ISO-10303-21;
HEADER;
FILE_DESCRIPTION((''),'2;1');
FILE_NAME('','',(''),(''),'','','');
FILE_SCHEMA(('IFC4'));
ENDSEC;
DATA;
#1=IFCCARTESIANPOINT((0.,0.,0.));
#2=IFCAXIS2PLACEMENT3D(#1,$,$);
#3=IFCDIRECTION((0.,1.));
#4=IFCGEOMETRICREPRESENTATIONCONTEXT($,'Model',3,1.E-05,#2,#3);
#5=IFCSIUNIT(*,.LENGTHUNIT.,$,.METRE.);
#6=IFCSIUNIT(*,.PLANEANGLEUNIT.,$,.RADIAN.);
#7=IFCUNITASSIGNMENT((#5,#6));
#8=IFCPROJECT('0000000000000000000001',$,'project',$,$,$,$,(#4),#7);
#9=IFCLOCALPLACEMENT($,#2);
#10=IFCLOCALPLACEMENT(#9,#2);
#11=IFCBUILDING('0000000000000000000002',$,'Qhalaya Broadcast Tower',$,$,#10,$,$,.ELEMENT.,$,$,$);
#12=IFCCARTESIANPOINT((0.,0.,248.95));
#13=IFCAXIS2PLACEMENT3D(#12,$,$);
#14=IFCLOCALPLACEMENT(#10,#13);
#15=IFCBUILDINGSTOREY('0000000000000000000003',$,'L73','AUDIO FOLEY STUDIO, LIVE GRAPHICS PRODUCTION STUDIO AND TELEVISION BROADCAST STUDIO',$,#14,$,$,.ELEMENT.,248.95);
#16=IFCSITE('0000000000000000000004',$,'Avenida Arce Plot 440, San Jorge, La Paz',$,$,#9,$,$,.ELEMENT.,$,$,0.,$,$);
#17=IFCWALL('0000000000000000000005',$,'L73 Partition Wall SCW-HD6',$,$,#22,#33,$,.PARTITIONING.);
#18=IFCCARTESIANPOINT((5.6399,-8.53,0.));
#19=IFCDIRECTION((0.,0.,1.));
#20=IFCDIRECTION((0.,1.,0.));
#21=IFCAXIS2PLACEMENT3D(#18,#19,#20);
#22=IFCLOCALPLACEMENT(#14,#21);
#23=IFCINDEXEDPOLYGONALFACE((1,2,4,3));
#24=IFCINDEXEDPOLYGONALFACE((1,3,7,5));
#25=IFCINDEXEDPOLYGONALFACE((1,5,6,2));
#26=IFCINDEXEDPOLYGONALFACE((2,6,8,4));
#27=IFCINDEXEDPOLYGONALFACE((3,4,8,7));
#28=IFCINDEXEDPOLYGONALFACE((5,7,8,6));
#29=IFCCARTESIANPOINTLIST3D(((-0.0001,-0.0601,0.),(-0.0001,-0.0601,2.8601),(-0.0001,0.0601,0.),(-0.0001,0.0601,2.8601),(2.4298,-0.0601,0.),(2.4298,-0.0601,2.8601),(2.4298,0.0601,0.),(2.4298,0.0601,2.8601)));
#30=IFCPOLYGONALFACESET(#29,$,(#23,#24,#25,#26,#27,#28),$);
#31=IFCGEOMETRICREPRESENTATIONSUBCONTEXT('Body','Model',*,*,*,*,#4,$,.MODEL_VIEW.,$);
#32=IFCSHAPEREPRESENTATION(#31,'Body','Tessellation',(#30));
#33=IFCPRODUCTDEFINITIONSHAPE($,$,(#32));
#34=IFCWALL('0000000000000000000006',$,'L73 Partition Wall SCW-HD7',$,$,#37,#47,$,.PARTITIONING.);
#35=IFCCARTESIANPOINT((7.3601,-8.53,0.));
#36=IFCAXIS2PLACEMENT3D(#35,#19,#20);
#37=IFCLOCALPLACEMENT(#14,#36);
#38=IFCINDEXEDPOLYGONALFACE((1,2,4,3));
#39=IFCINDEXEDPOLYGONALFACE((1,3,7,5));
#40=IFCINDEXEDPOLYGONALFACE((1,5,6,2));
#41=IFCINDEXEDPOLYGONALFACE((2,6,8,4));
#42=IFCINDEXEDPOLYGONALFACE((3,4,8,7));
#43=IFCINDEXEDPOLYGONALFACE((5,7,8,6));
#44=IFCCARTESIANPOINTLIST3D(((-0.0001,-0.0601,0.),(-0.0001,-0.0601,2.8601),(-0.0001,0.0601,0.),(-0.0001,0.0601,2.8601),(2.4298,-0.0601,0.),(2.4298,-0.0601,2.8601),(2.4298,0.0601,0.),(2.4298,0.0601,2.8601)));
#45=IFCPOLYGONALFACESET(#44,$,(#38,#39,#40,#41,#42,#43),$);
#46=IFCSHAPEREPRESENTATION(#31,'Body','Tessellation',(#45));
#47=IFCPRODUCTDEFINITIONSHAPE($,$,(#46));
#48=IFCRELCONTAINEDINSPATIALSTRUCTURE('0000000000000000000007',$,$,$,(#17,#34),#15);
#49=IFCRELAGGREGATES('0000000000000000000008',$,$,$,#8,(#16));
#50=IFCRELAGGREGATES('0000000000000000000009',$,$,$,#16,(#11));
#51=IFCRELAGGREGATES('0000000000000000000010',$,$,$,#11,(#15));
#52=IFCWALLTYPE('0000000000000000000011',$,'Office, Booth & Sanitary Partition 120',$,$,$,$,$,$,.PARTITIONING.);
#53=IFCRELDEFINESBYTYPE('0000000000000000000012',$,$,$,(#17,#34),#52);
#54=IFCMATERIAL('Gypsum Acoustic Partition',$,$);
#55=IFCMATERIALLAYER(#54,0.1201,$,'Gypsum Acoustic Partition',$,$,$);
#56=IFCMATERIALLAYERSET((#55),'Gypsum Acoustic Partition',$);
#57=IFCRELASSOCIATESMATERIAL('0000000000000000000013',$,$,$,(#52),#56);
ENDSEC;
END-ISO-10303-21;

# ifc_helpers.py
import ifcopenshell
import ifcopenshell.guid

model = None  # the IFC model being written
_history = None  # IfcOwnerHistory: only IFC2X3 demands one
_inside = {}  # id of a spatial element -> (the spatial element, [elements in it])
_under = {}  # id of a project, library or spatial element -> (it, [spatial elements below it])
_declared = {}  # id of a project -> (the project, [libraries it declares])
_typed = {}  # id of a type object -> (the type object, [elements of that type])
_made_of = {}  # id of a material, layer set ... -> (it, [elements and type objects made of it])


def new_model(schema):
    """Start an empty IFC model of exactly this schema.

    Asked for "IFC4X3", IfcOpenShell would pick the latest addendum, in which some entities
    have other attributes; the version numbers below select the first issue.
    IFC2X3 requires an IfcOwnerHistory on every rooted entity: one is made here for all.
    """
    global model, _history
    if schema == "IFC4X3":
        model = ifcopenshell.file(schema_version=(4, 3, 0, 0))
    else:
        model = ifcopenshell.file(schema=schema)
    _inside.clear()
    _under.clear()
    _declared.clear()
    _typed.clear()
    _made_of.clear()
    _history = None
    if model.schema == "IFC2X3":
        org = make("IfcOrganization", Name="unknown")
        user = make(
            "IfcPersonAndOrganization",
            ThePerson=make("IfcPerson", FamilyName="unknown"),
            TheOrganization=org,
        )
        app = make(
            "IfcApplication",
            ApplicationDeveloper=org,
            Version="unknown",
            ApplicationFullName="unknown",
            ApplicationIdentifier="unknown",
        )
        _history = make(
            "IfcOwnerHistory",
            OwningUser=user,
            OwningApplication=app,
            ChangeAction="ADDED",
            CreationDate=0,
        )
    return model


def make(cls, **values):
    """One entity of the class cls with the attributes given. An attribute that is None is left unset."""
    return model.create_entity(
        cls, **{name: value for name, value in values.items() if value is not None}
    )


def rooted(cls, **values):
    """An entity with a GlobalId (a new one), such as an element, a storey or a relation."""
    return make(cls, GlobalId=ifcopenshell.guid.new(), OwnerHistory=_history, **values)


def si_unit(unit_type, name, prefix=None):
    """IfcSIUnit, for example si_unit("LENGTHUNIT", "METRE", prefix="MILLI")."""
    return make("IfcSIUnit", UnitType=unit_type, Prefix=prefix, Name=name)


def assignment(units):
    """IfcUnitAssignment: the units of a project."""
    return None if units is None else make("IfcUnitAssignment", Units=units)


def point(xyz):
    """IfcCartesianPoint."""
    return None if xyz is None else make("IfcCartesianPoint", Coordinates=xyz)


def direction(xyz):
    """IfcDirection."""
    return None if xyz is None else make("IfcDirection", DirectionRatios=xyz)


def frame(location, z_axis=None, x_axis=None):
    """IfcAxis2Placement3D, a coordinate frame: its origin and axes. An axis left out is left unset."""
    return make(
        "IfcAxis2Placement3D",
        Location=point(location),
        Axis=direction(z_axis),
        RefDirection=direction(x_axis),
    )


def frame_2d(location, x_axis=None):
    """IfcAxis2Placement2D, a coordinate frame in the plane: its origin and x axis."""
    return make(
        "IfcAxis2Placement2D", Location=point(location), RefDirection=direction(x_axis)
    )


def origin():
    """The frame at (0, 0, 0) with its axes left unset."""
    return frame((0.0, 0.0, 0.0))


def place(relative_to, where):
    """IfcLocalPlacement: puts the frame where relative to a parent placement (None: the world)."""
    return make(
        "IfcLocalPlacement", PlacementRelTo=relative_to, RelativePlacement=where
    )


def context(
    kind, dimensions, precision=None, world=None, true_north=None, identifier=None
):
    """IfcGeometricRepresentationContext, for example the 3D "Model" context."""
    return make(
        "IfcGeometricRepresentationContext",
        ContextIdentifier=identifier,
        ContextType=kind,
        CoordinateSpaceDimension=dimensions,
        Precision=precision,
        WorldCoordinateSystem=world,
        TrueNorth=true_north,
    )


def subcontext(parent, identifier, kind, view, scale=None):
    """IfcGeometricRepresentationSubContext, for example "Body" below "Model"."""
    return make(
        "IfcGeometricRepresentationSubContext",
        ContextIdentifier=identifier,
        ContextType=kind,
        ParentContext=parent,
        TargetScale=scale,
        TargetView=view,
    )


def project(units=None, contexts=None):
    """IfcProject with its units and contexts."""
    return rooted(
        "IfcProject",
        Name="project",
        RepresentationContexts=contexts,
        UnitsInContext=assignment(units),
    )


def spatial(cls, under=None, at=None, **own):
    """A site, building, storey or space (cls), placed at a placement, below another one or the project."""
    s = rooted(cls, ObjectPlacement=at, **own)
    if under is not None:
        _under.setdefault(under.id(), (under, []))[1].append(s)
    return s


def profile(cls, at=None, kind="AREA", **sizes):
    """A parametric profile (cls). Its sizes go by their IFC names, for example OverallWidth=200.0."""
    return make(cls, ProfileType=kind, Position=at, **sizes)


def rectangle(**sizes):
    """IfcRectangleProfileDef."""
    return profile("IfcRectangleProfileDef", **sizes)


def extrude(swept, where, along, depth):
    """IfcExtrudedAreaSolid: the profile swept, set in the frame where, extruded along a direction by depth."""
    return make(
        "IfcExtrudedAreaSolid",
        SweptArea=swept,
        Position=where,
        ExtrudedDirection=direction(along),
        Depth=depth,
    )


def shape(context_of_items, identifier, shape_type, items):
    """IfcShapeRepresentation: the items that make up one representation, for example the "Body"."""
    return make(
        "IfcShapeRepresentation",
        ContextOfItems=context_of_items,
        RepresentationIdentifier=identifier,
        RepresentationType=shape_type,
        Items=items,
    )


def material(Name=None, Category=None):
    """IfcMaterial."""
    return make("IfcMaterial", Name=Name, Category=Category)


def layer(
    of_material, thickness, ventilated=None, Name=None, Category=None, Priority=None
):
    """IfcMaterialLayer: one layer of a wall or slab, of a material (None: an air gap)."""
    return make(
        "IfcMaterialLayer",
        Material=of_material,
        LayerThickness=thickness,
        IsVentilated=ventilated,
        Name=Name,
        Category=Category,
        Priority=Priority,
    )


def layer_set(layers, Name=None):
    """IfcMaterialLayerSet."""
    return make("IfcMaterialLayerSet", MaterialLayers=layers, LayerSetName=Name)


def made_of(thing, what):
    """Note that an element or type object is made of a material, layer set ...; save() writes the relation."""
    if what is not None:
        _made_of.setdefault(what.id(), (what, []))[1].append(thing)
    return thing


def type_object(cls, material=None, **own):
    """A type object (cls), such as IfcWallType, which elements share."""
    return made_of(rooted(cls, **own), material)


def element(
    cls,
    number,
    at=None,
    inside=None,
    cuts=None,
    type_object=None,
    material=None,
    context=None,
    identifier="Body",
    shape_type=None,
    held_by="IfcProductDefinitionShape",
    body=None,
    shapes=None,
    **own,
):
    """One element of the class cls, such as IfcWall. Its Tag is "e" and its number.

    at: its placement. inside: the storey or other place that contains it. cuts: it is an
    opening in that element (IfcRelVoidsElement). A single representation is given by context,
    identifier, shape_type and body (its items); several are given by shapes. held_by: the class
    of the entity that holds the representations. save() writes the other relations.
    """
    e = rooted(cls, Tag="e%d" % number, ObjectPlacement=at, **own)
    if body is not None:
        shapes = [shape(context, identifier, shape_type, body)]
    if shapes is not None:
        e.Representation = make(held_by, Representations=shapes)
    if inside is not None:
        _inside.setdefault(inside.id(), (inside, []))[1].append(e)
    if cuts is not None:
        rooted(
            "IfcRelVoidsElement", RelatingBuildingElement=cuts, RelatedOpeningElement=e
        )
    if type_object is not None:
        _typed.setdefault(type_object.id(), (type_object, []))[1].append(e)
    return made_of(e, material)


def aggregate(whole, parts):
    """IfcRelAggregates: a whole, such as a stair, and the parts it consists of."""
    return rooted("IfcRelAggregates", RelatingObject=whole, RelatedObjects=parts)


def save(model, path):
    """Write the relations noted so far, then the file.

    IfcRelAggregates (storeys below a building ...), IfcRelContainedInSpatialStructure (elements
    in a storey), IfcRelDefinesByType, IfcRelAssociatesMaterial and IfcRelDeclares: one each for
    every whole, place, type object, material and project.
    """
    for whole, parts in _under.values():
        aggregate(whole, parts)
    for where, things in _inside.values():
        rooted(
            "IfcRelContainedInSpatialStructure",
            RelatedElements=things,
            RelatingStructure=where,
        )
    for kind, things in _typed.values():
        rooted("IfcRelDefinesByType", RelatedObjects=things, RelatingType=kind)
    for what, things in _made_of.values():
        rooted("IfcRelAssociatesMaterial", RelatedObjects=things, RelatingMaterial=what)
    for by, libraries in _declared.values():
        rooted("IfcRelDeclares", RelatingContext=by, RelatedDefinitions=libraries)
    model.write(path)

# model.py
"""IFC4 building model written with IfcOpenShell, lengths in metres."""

from ifc_helpers import new_model, si_unit, direction, frame, frame_2d, origin, place, context, subcontext, project, spatial, rectangle, extrude, material, layer, layer_set, type_object, element, save


model = new_model("IFC4")

# Units and contexts
model_context = context("Model", 3, precision=1e-05, world=origin(), true_north=direction((0.0, 1.0)))
body_context = subcontext(model_context, "Body", "Model", "MODEL_VIEW")
ifc_project = project(units=[si_unit("LENGTHUNIT", "METRE"), si_unit("PLANEANGLEUNIT", "RADIAN")], contexts=[model_context])

# Site, building, storey
site_placement = place(None, origin())
site = spatial("IfcSite", under=ifc_project, at=site_placement, Name="Avenida Arce Plot 440, San Jorge, La Paz", CompositionType="ELEMENT", RefElevation=0.0)
building_placement = place(site_placement, origin())
building = spatial("IfcBuilding", under=site, at=building_placement, Name="Qhalaya Broadcast Tower", CompositionType="ELEMENT")
storey_placement = place(building_placement, frame((0.0, 0.0, 248.95)))
storey = spatial("IfcBuildingStorey", under=building, at=storey_placement, Name="L73", Description="AUDIO FOLEY STUDIO, LIVE GRAPHICS PRODUCTION STUDIO AND TELEVISION BROADCAST STUDIO", CompositionType="ELEMENT", Elevation=248.95)

# Walls
ifc_material_1 = material(Name="Gypsum Acoustic Partition")
ifc_layer_1 = layer(ifc_material_1, 0.1201, Name="Gypsum Acoustic Partition")
ifc_layer_set_1 = layer_set([ifc_layer_1], Name="Gypsum Acoustic Partition")
wall_type_1 = type_object("IfcWallType", Name="Office, Booth & Sanitary Partition 120", PredefinedType="PARTITIONING", material=ifc_layer_set_1)
for number, where, z_axis, x_axis, name in (
    (1, (5.6399, -8.53, 0.0), (0.0, 0.0, 1.0), (0.0, 1.0, 0.0), "L73 Partition Wall SCW-HD6"),
    (2, (7.3601, -8.53, 0.0), (0.0, 0.0, 1.0), (0.0, 1.0, 0.0), "L73 Partition Wall SCW-HD7"),
):
    element("IfcWall", number, at=place(storey_placement, frame(where, z_axis=z_axis, x_axis=x_axis)), inside=storey, type_object=wall_type_1, Name=name, PredefinedType="PARTITIONING", context=body_context, shape_type="SweptSolid", body=[
        extrude(rectangle(XDim=2.4299, YDim=0.1201, at=frame_2d((1.2148, 0.0))), origin(), (0.0, 0.0, 1.0), 2.8601),
    ])

save(model, "model.ifc")
